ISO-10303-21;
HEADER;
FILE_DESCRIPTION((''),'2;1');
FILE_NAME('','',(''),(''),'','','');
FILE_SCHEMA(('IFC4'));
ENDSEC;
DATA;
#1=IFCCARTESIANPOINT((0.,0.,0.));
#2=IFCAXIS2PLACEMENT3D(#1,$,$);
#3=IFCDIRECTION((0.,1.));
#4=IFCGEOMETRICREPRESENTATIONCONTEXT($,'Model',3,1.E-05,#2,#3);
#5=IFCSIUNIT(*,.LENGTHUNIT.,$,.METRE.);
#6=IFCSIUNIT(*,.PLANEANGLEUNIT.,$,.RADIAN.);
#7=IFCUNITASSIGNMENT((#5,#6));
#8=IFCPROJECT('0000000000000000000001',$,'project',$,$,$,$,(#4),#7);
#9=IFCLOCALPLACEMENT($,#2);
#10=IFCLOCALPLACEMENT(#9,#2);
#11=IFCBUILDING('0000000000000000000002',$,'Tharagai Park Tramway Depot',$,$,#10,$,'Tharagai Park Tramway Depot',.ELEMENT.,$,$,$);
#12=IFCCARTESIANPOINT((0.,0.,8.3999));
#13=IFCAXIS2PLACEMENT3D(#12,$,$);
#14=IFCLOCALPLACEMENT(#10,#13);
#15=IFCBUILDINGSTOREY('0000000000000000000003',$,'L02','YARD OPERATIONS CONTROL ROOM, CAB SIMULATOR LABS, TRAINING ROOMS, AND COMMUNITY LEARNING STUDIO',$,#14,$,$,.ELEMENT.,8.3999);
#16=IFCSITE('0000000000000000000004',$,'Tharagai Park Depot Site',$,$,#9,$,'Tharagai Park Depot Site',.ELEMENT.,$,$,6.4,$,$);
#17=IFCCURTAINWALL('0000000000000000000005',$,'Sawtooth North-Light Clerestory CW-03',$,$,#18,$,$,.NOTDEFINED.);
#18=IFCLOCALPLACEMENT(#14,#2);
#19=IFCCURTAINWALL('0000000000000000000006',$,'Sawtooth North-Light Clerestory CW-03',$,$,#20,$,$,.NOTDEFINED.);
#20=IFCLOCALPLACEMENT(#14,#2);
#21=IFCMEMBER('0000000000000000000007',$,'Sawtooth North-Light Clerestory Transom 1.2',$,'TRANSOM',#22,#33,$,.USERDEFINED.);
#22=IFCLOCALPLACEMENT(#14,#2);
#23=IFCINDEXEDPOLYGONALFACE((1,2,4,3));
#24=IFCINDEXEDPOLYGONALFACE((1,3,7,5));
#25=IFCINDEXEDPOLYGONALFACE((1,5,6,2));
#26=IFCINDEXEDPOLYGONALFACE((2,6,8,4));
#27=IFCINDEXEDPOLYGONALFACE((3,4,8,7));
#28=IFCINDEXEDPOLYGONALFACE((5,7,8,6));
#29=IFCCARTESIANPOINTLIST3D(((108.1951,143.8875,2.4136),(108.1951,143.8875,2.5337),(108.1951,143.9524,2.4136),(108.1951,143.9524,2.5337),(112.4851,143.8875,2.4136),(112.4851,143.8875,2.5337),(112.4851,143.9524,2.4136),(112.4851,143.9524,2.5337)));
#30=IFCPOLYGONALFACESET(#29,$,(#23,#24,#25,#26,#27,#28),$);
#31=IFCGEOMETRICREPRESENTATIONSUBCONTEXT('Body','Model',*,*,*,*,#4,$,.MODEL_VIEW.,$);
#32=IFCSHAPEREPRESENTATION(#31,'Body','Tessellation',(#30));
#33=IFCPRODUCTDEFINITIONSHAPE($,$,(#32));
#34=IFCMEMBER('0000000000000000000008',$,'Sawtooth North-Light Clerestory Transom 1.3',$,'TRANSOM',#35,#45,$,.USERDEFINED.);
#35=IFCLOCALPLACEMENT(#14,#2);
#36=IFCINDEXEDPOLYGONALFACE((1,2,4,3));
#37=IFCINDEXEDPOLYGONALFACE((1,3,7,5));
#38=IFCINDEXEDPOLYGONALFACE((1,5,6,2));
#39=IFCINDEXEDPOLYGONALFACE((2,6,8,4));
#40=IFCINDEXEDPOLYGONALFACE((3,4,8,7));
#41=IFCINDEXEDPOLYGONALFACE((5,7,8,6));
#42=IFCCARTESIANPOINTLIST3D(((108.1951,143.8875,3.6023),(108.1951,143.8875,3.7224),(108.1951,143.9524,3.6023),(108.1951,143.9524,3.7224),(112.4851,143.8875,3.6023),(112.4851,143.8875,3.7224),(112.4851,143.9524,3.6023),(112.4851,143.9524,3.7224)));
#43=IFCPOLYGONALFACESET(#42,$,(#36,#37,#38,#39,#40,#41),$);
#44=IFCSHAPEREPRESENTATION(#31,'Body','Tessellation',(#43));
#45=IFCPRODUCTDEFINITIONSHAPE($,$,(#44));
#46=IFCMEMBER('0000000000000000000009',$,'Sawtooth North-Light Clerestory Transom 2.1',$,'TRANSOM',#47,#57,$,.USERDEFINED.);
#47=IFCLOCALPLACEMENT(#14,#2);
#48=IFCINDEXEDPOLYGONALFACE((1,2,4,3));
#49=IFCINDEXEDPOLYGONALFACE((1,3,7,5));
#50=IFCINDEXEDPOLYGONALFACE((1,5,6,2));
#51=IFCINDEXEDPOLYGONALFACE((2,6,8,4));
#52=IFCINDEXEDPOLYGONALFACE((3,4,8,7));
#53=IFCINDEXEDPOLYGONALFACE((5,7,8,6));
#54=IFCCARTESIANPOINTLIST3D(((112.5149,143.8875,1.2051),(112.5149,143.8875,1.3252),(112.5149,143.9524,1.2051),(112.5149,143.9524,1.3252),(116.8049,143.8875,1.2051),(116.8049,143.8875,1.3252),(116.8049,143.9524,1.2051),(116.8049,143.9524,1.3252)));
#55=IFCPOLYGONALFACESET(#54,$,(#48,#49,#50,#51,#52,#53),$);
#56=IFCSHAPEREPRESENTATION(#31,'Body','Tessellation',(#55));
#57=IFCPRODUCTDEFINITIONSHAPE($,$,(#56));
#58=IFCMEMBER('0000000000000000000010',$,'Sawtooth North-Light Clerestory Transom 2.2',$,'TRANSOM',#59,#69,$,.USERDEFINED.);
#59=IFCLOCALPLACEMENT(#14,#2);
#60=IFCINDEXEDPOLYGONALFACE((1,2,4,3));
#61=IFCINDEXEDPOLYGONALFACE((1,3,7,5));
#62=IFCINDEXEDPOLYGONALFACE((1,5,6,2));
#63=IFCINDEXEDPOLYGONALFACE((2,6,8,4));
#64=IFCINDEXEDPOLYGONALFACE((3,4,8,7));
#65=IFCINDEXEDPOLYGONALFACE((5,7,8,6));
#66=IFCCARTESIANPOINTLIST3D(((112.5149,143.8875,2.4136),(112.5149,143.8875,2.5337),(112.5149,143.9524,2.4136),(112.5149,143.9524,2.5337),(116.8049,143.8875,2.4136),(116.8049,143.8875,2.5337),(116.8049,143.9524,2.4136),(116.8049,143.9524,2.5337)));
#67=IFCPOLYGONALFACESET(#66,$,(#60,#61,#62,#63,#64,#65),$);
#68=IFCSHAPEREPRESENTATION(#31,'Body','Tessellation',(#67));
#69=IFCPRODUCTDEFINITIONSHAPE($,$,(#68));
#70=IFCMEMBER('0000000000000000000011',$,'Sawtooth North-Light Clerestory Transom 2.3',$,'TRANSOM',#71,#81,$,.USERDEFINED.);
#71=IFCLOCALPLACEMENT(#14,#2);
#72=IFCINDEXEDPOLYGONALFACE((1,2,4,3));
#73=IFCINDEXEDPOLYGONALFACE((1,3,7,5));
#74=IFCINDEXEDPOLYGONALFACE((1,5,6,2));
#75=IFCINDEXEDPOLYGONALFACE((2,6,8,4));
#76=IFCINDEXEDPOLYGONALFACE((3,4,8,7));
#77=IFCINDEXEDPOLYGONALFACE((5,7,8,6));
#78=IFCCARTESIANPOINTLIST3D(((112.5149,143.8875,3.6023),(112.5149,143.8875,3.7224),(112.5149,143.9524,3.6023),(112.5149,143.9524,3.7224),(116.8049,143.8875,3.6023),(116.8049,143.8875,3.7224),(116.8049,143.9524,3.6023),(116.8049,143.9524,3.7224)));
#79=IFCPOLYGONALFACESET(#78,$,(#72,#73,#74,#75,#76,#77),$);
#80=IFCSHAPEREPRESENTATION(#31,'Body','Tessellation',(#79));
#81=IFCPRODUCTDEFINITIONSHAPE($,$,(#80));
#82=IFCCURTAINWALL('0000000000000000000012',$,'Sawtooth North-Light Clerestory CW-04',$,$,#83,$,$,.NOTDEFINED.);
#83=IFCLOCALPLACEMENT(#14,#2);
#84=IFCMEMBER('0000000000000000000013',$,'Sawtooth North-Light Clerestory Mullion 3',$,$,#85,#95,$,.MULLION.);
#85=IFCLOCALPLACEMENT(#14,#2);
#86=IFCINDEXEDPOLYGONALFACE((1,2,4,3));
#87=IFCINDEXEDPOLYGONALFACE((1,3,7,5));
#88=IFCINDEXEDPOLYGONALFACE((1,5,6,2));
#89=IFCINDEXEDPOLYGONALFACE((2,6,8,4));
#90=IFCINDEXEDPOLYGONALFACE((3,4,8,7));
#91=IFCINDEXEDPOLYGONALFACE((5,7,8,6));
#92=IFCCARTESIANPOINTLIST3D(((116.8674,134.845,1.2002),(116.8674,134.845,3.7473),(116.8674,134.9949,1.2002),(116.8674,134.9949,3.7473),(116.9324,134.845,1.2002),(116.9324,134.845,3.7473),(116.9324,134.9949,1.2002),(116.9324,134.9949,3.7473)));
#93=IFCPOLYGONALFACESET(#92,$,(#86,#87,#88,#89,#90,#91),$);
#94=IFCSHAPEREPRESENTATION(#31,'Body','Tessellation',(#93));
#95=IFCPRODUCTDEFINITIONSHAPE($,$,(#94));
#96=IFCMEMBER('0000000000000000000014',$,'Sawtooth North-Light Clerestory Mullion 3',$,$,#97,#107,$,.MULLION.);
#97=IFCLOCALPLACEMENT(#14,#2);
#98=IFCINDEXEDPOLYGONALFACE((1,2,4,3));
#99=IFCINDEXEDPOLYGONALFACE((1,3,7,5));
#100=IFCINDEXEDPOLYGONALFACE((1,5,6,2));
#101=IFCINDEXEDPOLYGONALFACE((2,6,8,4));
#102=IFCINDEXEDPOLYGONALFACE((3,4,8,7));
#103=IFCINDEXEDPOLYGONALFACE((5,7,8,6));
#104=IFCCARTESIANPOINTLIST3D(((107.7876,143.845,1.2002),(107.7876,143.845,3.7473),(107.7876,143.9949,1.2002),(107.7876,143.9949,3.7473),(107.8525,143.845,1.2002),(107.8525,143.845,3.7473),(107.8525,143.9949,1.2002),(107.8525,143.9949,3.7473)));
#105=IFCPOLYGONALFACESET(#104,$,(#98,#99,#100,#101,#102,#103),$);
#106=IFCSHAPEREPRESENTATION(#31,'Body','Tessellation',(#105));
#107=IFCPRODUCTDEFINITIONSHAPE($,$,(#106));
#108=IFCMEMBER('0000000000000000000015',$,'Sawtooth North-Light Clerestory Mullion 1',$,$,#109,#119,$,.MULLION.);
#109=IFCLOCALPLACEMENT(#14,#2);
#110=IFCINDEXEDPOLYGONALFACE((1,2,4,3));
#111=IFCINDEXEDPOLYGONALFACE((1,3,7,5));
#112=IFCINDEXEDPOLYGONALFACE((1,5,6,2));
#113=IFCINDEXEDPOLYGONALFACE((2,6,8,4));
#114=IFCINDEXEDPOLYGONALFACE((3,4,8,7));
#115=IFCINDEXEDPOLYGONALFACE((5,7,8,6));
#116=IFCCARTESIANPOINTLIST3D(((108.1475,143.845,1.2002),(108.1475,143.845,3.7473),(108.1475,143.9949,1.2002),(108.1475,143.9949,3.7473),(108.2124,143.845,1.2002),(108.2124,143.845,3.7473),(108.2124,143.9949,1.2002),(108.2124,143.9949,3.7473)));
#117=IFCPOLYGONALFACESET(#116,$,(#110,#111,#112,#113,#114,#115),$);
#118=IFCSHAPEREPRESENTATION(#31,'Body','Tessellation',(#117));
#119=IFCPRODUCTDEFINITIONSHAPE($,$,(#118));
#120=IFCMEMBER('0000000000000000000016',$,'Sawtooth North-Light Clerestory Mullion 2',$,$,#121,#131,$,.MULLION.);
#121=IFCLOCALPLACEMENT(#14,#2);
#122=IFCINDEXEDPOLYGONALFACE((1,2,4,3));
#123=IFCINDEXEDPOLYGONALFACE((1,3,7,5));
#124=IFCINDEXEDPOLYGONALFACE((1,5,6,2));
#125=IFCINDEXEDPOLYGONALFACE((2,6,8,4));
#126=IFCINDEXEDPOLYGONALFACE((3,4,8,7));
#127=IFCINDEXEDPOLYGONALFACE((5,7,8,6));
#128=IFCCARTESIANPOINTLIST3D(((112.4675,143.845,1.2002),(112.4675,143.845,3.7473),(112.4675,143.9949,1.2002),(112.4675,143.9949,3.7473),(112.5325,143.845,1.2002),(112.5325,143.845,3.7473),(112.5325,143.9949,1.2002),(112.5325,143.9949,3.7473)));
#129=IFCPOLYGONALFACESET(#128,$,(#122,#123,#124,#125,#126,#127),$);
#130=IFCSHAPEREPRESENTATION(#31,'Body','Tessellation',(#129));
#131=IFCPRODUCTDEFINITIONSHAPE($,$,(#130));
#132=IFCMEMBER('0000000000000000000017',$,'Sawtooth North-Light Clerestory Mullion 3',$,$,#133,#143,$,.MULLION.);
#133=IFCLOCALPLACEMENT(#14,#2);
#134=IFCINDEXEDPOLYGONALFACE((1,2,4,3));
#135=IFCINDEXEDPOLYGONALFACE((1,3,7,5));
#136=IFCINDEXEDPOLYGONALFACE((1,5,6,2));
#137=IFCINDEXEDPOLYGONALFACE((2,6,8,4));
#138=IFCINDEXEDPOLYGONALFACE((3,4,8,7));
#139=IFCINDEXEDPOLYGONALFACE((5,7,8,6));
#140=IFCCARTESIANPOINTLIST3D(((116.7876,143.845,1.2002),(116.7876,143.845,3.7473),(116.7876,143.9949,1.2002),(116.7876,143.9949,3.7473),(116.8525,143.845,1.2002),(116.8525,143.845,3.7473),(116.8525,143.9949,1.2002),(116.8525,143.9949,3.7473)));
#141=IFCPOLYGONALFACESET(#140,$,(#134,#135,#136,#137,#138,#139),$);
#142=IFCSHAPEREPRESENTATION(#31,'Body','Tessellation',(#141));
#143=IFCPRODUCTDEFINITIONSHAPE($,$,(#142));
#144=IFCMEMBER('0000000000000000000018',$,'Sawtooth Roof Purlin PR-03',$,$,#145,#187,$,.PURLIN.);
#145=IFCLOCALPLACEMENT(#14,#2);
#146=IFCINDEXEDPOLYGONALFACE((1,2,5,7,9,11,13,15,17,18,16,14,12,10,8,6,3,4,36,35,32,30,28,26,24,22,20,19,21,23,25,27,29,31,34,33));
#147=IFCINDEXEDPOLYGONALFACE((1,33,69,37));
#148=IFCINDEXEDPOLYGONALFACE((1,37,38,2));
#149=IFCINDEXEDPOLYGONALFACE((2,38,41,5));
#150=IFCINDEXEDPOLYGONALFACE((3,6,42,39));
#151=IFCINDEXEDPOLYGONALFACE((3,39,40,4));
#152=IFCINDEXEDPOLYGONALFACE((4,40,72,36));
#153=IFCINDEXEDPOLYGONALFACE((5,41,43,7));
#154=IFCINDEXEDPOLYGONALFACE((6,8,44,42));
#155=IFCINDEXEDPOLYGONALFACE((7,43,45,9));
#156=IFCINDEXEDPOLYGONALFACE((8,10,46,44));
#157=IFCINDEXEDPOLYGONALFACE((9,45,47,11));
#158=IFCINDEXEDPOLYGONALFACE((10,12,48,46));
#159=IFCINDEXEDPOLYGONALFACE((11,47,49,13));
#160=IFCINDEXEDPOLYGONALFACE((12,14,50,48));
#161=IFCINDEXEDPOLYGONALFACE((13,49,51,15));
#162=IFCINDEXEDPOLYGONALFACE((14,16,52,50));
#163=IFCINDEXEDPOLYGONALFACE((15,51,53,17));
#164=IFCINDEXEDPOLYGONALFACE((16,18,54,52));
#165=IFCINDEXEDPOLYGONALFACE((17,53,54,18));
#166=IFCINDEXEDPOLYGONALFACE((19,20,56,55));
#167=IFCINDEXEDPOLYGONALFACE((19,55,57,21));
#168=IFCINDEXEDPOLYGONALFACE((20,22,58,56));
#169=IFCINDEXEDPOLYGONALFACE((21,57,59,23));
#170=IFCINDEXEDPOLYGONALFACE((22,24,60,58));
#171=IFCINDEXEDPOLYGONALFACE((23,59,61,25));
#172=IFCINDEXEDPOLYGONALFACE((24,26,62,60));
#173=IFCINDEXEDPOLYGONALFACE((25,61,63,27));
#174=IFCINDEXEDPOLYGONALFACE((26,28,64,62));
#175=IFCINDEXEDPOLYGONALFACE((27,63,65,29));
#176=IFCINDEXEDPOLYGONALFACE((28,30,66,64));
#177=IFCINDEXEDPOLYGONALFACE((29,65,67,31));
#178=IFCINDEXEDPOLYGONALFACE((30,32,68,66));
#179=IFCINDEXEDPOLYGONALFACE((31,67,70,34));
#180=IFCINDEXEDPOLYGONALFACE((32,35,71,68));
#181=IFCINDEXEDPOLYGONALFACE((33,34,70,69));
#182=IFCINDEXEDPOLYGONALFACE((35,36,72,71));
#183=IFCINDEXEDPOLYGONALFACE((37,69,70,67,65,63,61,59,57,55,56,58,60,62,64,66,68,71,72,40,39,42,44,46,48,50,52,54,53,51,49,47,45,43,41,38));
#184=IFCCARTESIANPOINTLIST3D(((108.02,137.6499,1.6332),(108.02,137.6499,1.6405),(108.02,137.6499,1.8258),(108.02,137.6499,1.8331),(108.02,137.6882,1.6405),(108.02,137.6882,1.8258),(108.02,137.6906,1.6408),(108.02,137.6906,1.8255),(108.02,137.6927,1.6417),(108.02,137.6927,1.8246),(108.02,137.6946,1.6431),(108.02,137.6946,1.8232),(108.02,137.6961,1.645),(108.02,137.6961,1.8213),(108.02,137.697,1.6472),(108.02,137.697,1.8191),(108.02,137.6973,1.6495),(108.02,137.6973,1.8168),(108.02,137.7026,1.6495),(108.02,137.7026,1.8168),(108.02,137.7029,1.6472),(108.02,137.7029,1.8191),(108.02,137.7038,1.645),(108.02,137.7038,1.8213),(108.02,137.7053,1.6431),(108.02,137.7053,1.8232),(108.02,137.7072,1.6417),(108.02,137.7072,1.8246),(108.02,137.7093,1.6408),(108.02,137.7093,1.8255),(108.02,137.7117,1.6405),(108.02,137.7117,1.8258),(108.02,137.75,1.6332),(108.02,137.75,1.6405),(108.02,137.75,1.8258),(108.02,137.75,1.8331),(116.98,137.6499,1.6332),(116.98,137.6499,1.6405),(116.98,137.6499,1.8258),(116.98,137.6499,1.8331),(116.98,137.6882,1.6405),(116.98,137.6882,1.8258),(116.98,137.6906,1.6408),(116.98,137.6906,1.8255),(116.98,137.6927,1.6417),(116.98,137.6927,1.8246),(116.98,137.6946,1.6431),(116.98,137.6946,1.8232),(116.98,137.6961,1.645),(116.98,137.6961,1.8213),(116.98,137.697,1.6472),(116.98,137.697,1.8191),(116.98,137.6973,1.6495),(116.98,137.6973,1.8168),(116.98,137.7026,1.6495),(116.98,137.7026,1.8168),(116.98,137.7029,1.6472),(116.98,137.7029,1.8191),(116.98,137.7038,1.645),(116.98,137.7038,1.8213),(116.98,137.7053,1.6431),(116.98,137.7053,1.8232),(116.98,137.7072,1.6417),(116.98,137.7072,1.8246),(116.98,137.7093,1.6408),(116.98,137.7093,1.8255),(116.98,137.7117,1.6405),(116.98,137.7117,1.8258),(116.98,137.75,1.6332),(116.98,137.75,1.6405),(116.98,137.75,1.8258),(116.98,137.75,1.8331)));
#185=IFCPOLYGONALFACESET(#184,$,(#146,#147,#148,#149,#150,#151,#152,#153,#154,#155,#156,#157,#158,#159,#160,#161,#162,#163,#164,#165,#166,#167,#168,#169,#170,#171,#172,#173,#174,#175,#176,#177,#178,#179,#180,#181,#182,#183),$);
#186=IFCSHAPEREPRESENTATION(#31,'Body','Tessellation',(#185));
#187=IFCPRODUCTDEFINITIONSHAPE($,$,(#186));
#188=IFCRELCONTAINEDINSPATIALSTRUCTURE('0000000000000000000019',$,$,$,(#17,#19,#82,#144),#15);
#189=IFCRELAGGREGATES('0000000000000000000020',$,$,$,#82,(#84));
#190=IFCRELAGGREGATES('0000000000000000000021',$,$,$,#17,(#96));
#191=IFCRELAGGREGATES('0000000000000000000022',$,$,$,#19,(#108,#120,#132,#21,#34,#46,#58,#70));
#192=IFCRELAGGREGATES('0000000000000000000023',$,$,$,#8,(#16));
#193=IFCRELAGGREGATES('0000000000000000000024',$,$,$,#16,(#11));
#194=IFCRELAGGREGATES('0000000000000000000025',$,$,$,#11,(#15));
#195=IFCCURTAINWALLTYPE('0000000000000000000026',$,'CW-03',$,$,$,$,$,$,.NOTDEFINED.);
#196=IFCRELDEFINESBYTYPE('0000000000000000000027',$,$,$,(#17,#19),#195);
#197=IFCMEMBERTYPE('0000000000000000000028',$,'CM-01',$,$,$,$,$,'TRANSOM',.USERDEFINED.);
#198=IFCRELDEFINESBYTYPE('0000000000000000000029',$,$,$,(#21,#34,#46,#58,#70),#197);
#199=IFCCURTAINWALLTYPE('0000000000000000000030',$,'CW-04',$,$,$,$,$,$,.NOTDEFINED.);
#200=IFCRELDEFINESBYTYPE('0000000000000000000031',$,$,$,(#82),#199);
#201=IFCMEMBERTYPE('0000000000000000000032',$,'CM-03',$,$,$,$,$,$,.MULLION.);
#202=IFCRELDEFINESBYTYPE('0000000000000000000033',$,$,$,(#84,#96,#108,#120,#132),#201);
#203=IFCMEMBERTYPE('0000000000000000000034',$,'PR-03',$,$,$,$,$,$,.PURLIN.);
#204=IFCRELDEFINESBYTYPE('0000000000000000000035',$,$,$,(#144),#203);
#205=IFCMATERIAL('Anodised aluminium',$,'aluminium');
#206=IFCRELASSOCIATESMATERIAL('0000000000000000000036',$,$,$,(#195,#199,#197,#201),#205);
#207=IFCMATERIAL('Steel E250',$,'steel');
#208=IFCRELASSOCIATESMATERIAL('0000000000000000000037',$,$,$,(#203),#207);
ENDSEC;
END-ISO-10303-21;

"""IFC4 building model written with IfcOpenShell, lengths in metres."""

from ifc_helpers import new_model, si_unit, direction, frame, origin, origin_2d, place, context, subcontext, project, spatial, rectangle, i_section, extrude, material, material_profile, profile_set, type_object, element, aggregate, save


model = new_model("IFC4")

# Units and contexts
model_context = context("Model", 3, precision=1e-05, world=origin(), true_north=direction((0.0, 1.0)))
body_context = subcontext(model_context, "Body", "Model", "MODEL_VIEW")
ifc_project = project(units=[si_unit("LENGTHUNIT", "METRE"), si_unit("PLANEANGLEUNIT", "RADIAN")], contexts=[model_context])

# Site, building, storey
site_placement = place(None, origin())
site = spatial("IfcSite", under=ifc_project, at=site_placement, Name="Tharagai Park Depot Site", LongName="Tharagai Park Depot Site", CompositionType="ELEMENT", RefElevation=6.4)
building_placement = place(site_placement, origin())
building = spatial("IfcBuilding", under=site, at=building_placement, Name="Tharagai Park Tramway Depot", LongName="Tharagai Park Tramway Depot", CompositionType="ELEMENT")
storey_placement = place(building_placement, frame((0.0, 0.0, 8.3999)))
storey = spatial("IfcBuildingStorey", under=building, at=storey_placement, Name="L02", Description="YARD OPERATIONS CONTROL ROOM, CAB SIMULATOR LABS, TRAINING ROOMS, AND COMMUNITY LEARNING STUDIO", CompositionType="ELEMENT", Elevation=8.3999)

# Curtain walls, members
ifc_material_1 = material(Name="Anodised aluminium", Category="aluminium")
curtain_wall_type_1 = type_object("IfcCurtainWallType", Name="CW-03", PredefinedType="NOTDEFINED", material=ifc_material_1)
curtain_wall_1_placement = place(storey_placement, origin())
curtain_wall_1 = element("IfcCurtainWall", 1, at=curtain_wall_1_placement, inside=storey, type_object=curtain_wall_type_1, Name="Sawtooth North-Light Clerestory CW-03", PredefinedType="NOTDEFINED")
ifc_material_profile_1 = material_profile(ifc_material_1, rectangle(XDim=0.0649, YDim=0.1201, at=origin_2d()), Name="ALU 65x120")
ifc_profile_set_1 = profile_set([ifc_material_profile_1], Name="Anodised aluminium")
member_type_1 = type_object("IfcMemberType", Name="CM-01", ElementType="TRANSOM", PredefinedType="USERDEFINED", material=ifc_profile_set_1)
curtain_wall_2_placement = place(storey_placement, origin())
curtain_wall_2 = element("IfcCurtainWall", 2, at=curtain_wall_2_placement, inside=storey, type_object=curtain_wall_type_1, Name="Sawtooth North-Light Clerestory CW-03", PredefinedType="NOTDEFINED")
member_1_placement = place(storey_placement, frame((108.1951, 143.9199, 2.4736), z_axis=(1.0, 0.0, 0.0), x_axis=(0.0, 1.0, 0.0)))
member_1 = element("IfcMember", 3, at=member_1_placement, type_object=member_type_1, Name="Sawtooth North-Light Clerestory Transom 1.2", ObjectType="TRANSOM", PredefinedType="USERDEFINED", context=body_context, shape_type="SweptSolid", body=[
    extrude(rectangle(XDim=0.0649, YDim=0.1201, at=origin_2d()), origin(), (0.0, 0.0, 1.0), 4.29),
])
member_2_placement = place(storey_placement, frame((108.1951, 143.9199, 3.6624), z_axis=(1.0, 0.0, 0.0), x_axis=(0.0, 1.0, 0.0)))
member_2 = element("IfcMember", 4, at=member_2_placement, type_object=member_type_1, Name="Sawtooth North-Light Clerestory Transom 1.3", ObjectType="TRANSOM", PredefinedType="USERDEFINED", context=body_context, shape_type="SweptSolid", body=[
    extrude(rectangle(XDim=0.0649, YDim=0.1201, at=origin_2d()), origin(), (0.0, 0.0, 1.0), 4.29),
])
member_3_placement = place(storey_placement, frame((112.5149, 143.9199, 1.2651), z_axis=(1.0, 0.0, 0.0), x_axis=(0.0, 1.0, 0.0)))
member_3 = element("IfcMember", 5, at=member_3_placement, type_object=member_type_1, Name="Sawtooth North-Light Clerestory Transom 2.1", ObjectType="TRANSOM", PredefinedType="USERDEFINED", context=body_context, shape_type="SweptSolid", body=[
    extrude(rectangle(XDim=0.0649, YDim=0.1201, at=origin_2d()), origin(), (0.0, 0.0, 1.0), 4.29),
])
member_4_placement = place(storey_placement, frame((112.5149, 143.9199, 2.4736), z_axis=(1.0, 0.0, 0.0), x_axis=(0.0, 1.0, 0.0)))
member_4 = element("IfcMember", 6, at=member_4_placement, type_object=member_type_1, Name="Sawtooth North-Light Clerestory Transom 2.2", ObjectType="TRANSOM", PredefinedType="USERDEFINED", context=body_context, shape_type="SweptSolid", body=[
    extrude(rectangle(XDim=0.0649, YDim=0.1201, at=origin_2d()), origin(), (0.0, 0.0, 1.0), 4.29),
])
member_5_placement = place(storey_placement, frame((112.5149, 143.9199, 3.6624), z_axis=(1.0, 0.0, 0.0), x_axis=(0.0, 1.0, 0.0)))
member_5 = element("IfcMember", 7, at=member_5_placement, type_object=member_type_1, Name="Sawtooth North-Light Clerestory Transom 2.3", ObjectType="TRANSOM", PredefinedType="USERDEFINED", context=body_context, shape_type="SweptSolid", body=[
    extrude(rectangle(XDim=0.0649, YDim=0.1201, at=origin_2d()), origin(), (0.0, 0.0, 1.0), 4.29),
])

# Curtain wall, member
curtain_wall_type_2 = type_object("IfcCurtainWallType", Name="CW-04", PredefinedType="NOTDEFINED", material=ifc_material_1)
curtain_wall_3_placement = place(storey_placement, origin())
curtain_wall_3 = element("IfcCurtainWall", 8, at=curtain_wall_3_placement, inside=storey, type_object=curtain_wall_type_2, Name="Sawtooth North-Light Clerestory CW-04", PredefinedType="NOTDEFINED")
ifc_material_profile_2 = material_profile(ifc_material_1, rectangle(XDim=0.0649, YDim=0.1499, at=origin_2d()), Name="ALU 65x150")
ifc_profile_set_2 = profile_set([ifc_material_profile_2], Name="Anodised aluminium")
member_type_2 = type_object("IfcMemberType", Name="CM-03", PredefinedType="MULLION", material=ifc_profile_set_2)
member_6_placement = place(storey_placement, frame((116.8999, 134.9199, 1.2002), z_axis=(0.0, 0.0, 1.0), x_axis=(1.0, 0.0, 0.0)))
member_6 = element("IfcMember", 9, at=member_6_placement, type_object=member_type_2, Name="Sawtooth North-Light Clerestory Mullion 3", PredefinedType="MULLION", context=body_context, shape_type="SweptSolid", body=[
    extrude(rectangle(XDim=0.0649, YDim=0.1499, at=origin_2d()), origin(), (0.0, 0.0, 1.0), 2.5471),
])
aggregate(curtain_wall_3, [member_6])

# Members
member_7_placement = place(storey_placement, frame((107.8201, 143.9199, 1.2002), z_axis=(0.0, 0.0, 1.0), x_axis=(1.0, 0.0, 0.0)))
member_7 = element("IfcMember", 10, at=member_7_placement, type_object=member_type_2, Name="Sawtooth North-Light Clerestory Mullion 3", PredefinedType="MULLION", context=body_context, shape_type="SweptSolid", body=[
    extrude(rectangle(XDim=0.0649, YDim=0.1499, at=origin_2d()), origin(), (0.0, 0.0, 1.0), 2.5471),
])
member_8_placement = place(storey_placement, frame((108.1799, 143.9199, 1.2002), z_axis=(0.0, 0.0, 1.0), x_axis=(1.0, 0.0, 0.0)))
member_8 = element("IfcMember", 11, at=member_8_placement, type_object=member_type_2, Name="Sawtooth North-Light Clerestory Mullion 1", PredefinedType="MULLION", context=body_context, shape_type="SweptSolid", body=[
    extrude(rectangle(XDim=0.0649, YDim=0.1499, at=origin_2d()), origin(), (0.0, 0.0, 1.0), 2.5471),
])
member_9_placement = place(storey_placement, frame((112.5, 143.9199, 1.2002), z_axis=(0.0, 0.0, 1.0), x_axis=(1.0, 0.0, 0.0)))
member_9 = element("IfcMember", 12, at=member_9_placement, type_object=member_type_2, Name="Sawtooth North-Light Clerestory Mullion 2", PredefinedType="MULLION", context=body_context, shape_type="SweptSolid", body=[
    extrude(rectangle(XDim=0.0649, YDim=0.1499, at=origin_2d()), origin(), (0.0, 0.0, 1.0), 2.5471),
])
member_10_placement = place(storey_placement, frame((116.8201, 143.9199, 1.2002), z_axis=(0.0, 0.0, 1.0), x_axis=(1.0, 0.0, 0.0)))
member_10 = element("IfcMember", 13, at=member_10_placement, type_object=member_type_2, Name="Sawtooth North-Light Clerestory Mullion 3", PredefinedType="MULLION", context=body_context, shape_type="SweptSolid", body=[
    extrude(rectangle(XDim=0.0649, YDim=0.1499, at=origin_2d()), origin(), (0.0, 0.0, 1.0), 2.5471),
])

# Member
ifc_material_2 = material(Name="Steel E250", Category="steel")
ifc_material_profile_3 = material_profile(ifc_material_2, i_section(OverallWidth=0.1001, OverallDepth=0.2, WebThickness=0.0054, FlangeThickness=0.0073, FilletRadius=0.009, at=origin_2d()), Name="ISLB 200")
ifc_profile_set_3 = profile_set([ifc_material_profile_3], Name="Steel E250")
member_type_3 = type_object("IfcMemberType", Name="PR-03", PredefinedType="PURLIN", material=ifc_profile_set_3)
for number, where, z_axis, x_axis, name in (
    (14, (108.02, 137.7, 1.7332), (1.0, 0.0, 0.0), (0.0, 1.0, 0.0), "Sawtooth Roof Purlin PR-03"),
):
    element("IfcMember", number, at=place(storey_placement, frame(where, z_axis=z_axis, x_axis=x_axis)), inside=storey, type_object=member_type_3, Name=name, PredefinedType="PURLIN", context=body_context, shape_type="SweptSolid", body=[
        extrude(i_section(OverallWidth=0.1001, OverallDepth=0.2, WebThickness=0.0054, FlangeThickness=0.0073, FilletRadius=0.009, at=origin_2d()), origin(), (0.0, 0.0, 1.0), 8.96),
    ])

aggregate(curtain_wall_1, [member_7])
aggregate(curtain_wall_2, [member_8, member_9, member_10, member_1, member_2, member_3, member_4, member_5])

save(model, "model.ifc")
